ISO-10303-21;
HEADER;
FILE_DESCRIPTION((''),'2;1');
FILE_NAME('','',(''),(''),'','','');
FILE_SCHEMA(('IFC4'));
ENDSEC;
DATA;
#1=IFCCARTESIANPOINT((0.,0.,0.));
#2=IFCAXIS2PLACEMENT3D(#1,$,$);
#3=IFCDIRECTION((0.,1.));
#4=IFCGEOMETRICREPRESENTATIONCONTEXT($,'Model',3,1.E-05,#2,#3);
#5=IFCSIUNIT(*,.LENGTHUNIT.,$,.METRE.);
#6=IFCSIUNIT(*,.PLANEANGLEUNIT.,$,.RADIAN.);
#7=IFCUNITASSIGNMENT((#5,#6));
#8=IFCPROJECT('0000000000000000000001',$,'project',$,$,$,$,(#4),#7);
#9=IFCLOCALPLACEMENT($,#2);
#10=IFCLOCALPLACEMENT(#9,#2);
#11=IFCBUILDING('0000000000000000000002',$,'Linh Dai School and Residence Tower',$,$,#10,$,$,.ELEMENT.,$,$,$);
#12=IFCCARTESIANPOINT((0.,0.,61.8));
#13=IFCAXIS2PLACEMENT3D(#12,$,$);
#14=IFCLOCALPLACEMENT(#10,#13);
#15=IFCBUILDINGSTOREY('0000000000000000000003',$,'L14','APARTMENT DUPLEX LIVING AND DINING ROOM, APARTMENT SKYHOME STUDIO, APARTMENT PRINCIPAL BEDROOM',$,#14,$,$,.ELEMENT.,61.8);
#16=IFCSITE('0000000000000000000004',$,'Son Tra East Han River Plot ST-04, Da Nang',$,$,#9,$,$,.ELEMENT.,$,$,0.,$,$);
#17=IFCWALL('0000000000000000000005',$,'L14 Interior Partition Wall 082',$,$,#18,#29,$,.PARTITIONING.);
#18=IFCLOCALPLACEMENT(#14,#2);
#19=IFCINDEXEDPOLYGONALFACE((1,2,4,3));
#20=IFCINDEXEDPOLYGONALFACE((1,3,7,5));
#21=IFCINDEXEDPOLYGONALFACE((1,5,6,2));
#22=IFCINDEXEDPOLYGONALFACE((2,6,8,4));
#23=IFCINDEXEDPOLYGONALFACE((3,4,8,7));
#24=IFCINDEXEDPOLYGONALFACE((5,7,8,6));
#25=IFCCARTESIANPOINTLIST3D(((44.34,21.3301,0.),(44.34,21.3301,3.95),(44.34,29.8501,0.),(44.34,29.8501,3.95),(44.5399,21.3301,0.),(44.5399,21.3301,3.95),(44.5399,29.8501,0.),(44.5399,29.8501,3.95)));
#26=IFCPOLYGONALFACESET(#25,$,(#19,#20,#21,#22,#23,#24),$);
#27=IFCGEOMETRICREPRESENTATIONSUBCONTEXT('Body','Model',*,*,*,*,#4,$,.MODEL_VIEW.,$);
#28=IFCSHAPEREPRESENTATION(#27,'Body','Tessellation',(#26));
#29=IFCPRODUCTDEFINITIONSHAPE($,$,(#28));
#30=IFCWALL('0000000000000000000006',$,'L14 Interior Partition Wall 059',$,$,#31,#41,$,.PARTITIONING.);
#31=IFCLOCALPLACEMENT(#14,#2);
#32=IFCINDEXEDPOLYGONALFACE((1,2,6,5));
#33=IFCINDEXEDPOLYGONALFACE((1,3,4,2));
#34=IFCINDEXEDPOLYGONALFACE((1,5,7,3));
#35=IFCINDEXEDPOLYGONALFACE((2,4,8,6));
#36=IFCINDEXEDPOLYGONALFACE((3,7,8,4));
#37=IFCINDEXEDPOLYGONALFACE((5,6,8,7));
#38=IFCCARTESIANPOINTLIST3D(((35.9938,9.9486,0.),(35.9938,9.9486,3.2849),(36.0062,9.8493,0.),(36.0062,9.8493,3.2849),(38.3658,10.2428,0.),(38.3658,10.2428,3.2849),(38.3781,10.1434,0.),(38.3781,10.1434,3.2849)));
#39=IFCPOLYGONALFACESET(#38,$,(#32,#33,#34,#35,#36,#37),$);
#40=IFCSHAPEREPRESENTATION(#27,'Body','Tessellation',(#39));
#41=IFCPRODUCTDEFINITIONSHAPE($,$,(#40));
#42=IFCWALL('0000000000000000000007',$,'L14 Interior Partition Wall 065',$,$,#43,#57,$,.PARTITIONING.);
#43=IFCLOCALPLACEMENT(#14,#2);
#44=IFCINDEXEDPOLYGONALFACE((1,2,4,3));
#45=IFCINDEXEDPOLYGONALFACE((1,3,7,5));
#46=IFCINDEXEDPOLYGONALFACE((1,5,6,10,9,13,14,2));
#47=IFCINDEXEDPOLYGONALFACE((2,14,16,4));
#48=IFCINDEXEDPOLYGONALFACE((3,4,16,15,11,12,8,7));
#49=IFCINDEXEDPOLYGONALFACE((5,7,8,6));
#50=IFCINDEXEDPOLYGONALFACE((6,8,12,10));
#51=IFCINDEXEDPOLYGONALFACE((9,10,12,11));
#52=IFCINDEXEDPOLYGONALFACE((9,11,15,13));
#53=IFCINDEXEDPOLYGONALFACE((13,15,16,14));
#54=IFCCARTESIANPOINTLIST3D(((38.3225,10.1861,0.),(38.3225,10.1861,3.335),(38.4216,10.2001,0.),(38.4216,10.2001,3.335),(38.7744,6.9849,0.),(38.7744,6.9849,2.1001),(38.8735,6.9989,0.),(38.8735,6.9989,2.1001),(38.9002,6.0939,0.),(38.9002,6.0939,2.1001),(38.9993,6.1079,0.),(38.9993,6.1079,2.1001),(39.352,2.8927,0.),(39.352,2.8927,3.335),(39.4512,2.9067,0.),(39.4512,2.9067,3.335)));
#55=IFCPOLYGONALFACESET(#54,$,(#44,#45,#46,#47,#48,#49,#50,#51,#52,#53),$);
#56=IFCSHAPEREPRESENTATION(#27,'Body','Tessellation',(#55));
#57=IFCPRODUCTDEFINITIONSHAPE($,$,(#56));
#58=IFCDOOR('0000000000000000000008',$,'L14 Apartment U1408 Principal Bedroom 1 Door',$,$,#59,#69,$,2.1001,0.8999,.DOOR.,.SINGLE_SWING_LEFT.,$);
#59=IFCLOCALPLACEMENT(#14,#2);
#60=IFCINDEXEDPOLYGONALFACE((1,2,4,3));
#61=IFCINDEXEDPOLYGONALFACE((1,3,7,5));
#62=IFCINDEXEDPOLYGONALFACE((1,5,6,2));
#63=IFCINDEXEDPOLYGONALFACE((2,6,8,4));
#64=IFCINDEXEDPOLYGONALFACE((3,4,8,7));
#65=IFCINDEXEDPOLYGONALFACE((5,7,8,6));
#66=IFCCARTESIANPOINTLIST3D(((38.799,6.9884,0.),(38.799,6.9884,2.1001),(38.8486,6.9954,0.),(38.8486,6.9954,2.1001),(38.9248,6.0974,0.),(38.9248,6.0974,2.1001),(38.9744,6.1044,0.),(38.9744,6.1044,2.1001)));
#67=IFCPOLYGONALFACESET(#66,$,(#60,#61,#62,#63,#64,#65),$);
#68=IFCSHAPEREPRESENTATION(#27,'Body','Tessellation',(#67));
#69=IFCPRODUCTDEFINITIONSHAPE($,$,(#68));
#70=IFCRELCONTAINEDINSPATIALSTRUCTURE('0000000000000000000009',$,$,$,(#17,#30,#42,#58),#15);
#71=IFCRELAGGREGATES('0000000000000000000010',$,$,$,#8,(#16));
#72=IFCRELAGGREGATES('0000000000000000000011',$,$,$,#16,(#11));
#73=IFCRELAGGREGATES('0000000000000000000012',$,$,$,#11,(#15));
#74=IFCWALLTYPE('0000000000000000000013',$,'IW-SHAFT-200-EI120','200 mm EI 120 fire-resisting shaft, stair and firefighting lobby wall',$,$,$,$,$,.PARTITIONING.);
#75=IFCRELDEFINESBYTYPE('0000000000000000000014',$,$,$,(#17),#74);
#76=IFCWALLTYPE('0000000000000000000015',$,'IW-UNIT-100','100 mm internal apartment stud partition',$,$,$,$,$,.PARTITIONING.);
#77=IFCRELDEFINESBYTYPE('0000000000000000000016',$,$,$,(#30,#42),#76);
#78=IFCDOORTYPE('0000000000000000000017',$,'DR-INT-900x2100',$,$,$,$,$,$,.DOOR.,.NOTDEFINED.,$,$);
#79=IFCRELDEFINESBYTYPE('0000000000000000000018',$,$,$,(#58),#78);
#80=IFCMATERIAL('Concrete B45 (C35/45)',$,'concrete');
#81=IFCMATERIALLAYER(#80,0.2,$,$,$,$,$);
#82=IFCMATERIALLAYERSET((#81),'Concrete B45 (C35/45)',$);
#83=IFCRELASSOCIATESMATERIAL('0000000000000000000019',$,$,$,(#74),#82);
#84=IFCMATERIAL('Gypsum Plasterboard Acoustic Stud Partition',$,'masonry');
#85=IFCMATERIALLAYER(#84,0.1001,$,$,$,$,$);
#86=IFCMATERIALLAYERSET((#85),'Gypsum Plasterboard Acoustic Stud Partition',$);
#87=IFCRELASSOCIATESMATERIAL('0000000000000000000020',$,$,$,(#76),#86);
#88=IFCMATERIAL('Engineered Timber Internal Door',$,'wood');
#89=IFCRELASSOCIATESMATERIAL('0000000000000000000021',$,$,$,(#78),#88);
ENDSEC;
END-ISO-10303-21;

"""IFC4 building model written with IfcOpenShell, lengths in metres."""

from ifc_helpers import new_model, si_unit, direction, frame, frame_2d, origin, origin_2d, place, context, subcontext, project, spatial, rectangle, extrude, source, transform, mapped, material, layer, layer_set, type_object, element, fill, save


model = new_model("IFC4")

# Units and contexts
model_context = context("Model", 3, precision=1e-05, world=origin(), true_north=direction((0.0, 1.0)))
body_context = subcontext(model_context, "Body", "Model", "MODEL_VIEW")
ifc_project = project(units=[si_unit("LENGTHUNIT", "METRE"), si_unit("PLANEANGLEUNIT", "RADIAN")], contexts=[model_context])

# Site, building, storey
site_placement = place(None, origin())
site = spatial("IfcSite", under=ifc_project, at=site_placement, Name="Son Tra East Han River Plot ST-04, Da Nang", CompositionType="ELEMENT", RefElevation=0.0)
building_placement = place(site_placement, origin())
building = spatial("IfcBuilding", under=site, at=building_placement, Name="Linh Dai School and Residence Tower", CompositionType="ELEMENT")
storey_placement = place(building_placement, frame((0.0, 0.0, 61.8)))
storey = spatial("IfcBuildingStorey", under=building, at=storey_placement, Name="L14", Description="APARTMENT DUPLEX LIVING AND DINING ROOM, APARTMENT SKYHOME STUDIO, APARTMENT PRINCIPAL BEDROOM", CompositionType="ELEMENT", Elevation=61.8)

# Walls
ifc_material_1 = material(Name="Concrete B45 (C35/45)", Category="concrete")
ifc_layer_1 = layer(ifc_material_1, 0.2)
ifc_layer_set_1 = layer_set([ifc_layer_1], Name="Concrete B45 (C35/45)")
wall_type_1 = type_object("IfcWallType", Name="IW-SHAFT-200-EI120", Description="200 mm EI 120 fire-resisting shaft, stair and firefighting lobby wall", PredefinedType="PARTITIONING", material=ifc_layer_set_1)
wall_1_placement = place(storey_placement, frame((44.4399, 21.3301, 0.0), z_axis=(0.0, 0.0, 1.0), x_axis=(0.0, 1.0, 0.0)))
element("IfcWall", 1, at=wall_1_placement, inside=storey, type_object=wall_type_1, Name="L14 Interior Partition Wall 082", PredefinedType="PARTITIONING", context=body_context, shape_type="SweptSolid", body=[
    extrude(rectangle(XDim=8.52, YDim=0.2, at=frame_2d((4.26, 0.0))), origin(), (0.0, 0.0, 1.0), 3.95),
])
ifc_material_2 = material(Name="Gypsum Plasterboard Acoustic Stud Partition", Category="masonry")
ifc_layer_2 = layer(ifc_material_2, 0.1001)
ifc_layer_set_2 = layer_set([ifc_layer_2], Name="Gypsum Plasterboard Acoustic Stud Partition")
wall_type_2 = type_object("IfcWallType", Name="IW-UNIT-100", Description="100 mm internal apartment stud partition", PredefinedType="PARTITIONING", material=ifc_layer_set_2)
wall_2_placement = place(storey_placement, frame((36.0, 9.8989, 0.0), z_axis=(0.0, 0.0, 1.0), x_axis=(0.992397, 0.123079, 0.0)))
element("IfcWall", 2, at=wall_2_placement, inside=storey, type_object=wall_type_2, Name="L14 Interior Partition Wall 059", PredefinedType="PARTITIONING", context=body_context, shape_type="SweptSolid", body=[
    extrude(rectangle(XDim=2.3901, YDim=0.1001, at=frame_2d((1.1951, 0.0))), origin(), (0.0, 0.0, 1.0), 3.2849),
])

# Wall, opening, door
wall_3_placement = place(storey_placement, frame((38.3721, 10.1931, 0.0), z_axis=(0.0, 0.0, 1.0), x_axis=(0.139774, -0.990183, 0.0)))
wall_3 = element("IfcWall", 3, at=wall_3_placement, inside=storey, type_object=wall_type_2, Name="L14 Interior Partition Wall 065", PredefinedType="PARTITIONING", context=body_context, shape_type="SweptSolid", body=[
    extrude(rectangle(XDim=7.3657, YDim=0.1001, at=frame_2d((3.6829, 0.0))), origin(), (0.0, 0.0, 1.0), 3.335),
])
opening_1_placement = place(wall_3_placement, frame((3.2329, 0.0, 0.0)))
opening_1 = element("IfcOpeningElement", 4, at=opening_1_placement, cuts=wall_3, PredefinedType="OPENING", context=body_context, shape_type="SweptSolid", body=[
    extrude(rectangle(XDim=0.8999, YDim=2.1001, at=origin_2d()), frame((0.45, 0.0601, 1.05), z_axis=(0.0, -1.0, 0.0), x_axis=(1.0, 0.0, 0.0)), (0.0, 0.0, 1.0), 0.1201),
])
ifc_material_3 = material(Name="Engineered Timber Internal Door", Category="wood")
door_type_1 = type_object("IfcDoorType", Name="DR-INT-900x2100", OperationType="NOTDEFINED", PredefinedType="DOOR", material=ifc_material_3)
shared_shape_1 = source(origin(), body_context, "Body", "SweptSolid", [
    extrude(rectangle(XDim=0.8999, YDim=2.1001, at=origin_2d()), frame((0.45, 0.0249, 1.05), z_axis=(0.0, -1.0, 0.0), x_axis=(1.0, 0.0, 0.0)), (0.0, 0.0, 1.0), 0.05),
])
door_1_placement = place(opening_1_placement, origin())
door_1 = element("IfcDoor", 5, at=door_1_placement, inside=storey, type_object=door_type_1, Name="L14 Apartment U1408 Principal Bedroom 1 Door", OperationType="SINGLE_SWING_LEFT", OverallHeight=2.1001, OverallWidth=0.8999, PredefinedType="DOOR", context=body_context, shape_type="MappedRepresentation", body=[
    mapped(shared_shape_1, transform((0.0, 0.0, 0.0), x_axis=(1.0, 0.0, 0.0), y_axis=(0.0, 1.0, 0.0), z_axis=(0.0, 0.0, 1.0), scale=1.0)),
])
fill(opening_1, door_1)

save(model, "model.ifc")
